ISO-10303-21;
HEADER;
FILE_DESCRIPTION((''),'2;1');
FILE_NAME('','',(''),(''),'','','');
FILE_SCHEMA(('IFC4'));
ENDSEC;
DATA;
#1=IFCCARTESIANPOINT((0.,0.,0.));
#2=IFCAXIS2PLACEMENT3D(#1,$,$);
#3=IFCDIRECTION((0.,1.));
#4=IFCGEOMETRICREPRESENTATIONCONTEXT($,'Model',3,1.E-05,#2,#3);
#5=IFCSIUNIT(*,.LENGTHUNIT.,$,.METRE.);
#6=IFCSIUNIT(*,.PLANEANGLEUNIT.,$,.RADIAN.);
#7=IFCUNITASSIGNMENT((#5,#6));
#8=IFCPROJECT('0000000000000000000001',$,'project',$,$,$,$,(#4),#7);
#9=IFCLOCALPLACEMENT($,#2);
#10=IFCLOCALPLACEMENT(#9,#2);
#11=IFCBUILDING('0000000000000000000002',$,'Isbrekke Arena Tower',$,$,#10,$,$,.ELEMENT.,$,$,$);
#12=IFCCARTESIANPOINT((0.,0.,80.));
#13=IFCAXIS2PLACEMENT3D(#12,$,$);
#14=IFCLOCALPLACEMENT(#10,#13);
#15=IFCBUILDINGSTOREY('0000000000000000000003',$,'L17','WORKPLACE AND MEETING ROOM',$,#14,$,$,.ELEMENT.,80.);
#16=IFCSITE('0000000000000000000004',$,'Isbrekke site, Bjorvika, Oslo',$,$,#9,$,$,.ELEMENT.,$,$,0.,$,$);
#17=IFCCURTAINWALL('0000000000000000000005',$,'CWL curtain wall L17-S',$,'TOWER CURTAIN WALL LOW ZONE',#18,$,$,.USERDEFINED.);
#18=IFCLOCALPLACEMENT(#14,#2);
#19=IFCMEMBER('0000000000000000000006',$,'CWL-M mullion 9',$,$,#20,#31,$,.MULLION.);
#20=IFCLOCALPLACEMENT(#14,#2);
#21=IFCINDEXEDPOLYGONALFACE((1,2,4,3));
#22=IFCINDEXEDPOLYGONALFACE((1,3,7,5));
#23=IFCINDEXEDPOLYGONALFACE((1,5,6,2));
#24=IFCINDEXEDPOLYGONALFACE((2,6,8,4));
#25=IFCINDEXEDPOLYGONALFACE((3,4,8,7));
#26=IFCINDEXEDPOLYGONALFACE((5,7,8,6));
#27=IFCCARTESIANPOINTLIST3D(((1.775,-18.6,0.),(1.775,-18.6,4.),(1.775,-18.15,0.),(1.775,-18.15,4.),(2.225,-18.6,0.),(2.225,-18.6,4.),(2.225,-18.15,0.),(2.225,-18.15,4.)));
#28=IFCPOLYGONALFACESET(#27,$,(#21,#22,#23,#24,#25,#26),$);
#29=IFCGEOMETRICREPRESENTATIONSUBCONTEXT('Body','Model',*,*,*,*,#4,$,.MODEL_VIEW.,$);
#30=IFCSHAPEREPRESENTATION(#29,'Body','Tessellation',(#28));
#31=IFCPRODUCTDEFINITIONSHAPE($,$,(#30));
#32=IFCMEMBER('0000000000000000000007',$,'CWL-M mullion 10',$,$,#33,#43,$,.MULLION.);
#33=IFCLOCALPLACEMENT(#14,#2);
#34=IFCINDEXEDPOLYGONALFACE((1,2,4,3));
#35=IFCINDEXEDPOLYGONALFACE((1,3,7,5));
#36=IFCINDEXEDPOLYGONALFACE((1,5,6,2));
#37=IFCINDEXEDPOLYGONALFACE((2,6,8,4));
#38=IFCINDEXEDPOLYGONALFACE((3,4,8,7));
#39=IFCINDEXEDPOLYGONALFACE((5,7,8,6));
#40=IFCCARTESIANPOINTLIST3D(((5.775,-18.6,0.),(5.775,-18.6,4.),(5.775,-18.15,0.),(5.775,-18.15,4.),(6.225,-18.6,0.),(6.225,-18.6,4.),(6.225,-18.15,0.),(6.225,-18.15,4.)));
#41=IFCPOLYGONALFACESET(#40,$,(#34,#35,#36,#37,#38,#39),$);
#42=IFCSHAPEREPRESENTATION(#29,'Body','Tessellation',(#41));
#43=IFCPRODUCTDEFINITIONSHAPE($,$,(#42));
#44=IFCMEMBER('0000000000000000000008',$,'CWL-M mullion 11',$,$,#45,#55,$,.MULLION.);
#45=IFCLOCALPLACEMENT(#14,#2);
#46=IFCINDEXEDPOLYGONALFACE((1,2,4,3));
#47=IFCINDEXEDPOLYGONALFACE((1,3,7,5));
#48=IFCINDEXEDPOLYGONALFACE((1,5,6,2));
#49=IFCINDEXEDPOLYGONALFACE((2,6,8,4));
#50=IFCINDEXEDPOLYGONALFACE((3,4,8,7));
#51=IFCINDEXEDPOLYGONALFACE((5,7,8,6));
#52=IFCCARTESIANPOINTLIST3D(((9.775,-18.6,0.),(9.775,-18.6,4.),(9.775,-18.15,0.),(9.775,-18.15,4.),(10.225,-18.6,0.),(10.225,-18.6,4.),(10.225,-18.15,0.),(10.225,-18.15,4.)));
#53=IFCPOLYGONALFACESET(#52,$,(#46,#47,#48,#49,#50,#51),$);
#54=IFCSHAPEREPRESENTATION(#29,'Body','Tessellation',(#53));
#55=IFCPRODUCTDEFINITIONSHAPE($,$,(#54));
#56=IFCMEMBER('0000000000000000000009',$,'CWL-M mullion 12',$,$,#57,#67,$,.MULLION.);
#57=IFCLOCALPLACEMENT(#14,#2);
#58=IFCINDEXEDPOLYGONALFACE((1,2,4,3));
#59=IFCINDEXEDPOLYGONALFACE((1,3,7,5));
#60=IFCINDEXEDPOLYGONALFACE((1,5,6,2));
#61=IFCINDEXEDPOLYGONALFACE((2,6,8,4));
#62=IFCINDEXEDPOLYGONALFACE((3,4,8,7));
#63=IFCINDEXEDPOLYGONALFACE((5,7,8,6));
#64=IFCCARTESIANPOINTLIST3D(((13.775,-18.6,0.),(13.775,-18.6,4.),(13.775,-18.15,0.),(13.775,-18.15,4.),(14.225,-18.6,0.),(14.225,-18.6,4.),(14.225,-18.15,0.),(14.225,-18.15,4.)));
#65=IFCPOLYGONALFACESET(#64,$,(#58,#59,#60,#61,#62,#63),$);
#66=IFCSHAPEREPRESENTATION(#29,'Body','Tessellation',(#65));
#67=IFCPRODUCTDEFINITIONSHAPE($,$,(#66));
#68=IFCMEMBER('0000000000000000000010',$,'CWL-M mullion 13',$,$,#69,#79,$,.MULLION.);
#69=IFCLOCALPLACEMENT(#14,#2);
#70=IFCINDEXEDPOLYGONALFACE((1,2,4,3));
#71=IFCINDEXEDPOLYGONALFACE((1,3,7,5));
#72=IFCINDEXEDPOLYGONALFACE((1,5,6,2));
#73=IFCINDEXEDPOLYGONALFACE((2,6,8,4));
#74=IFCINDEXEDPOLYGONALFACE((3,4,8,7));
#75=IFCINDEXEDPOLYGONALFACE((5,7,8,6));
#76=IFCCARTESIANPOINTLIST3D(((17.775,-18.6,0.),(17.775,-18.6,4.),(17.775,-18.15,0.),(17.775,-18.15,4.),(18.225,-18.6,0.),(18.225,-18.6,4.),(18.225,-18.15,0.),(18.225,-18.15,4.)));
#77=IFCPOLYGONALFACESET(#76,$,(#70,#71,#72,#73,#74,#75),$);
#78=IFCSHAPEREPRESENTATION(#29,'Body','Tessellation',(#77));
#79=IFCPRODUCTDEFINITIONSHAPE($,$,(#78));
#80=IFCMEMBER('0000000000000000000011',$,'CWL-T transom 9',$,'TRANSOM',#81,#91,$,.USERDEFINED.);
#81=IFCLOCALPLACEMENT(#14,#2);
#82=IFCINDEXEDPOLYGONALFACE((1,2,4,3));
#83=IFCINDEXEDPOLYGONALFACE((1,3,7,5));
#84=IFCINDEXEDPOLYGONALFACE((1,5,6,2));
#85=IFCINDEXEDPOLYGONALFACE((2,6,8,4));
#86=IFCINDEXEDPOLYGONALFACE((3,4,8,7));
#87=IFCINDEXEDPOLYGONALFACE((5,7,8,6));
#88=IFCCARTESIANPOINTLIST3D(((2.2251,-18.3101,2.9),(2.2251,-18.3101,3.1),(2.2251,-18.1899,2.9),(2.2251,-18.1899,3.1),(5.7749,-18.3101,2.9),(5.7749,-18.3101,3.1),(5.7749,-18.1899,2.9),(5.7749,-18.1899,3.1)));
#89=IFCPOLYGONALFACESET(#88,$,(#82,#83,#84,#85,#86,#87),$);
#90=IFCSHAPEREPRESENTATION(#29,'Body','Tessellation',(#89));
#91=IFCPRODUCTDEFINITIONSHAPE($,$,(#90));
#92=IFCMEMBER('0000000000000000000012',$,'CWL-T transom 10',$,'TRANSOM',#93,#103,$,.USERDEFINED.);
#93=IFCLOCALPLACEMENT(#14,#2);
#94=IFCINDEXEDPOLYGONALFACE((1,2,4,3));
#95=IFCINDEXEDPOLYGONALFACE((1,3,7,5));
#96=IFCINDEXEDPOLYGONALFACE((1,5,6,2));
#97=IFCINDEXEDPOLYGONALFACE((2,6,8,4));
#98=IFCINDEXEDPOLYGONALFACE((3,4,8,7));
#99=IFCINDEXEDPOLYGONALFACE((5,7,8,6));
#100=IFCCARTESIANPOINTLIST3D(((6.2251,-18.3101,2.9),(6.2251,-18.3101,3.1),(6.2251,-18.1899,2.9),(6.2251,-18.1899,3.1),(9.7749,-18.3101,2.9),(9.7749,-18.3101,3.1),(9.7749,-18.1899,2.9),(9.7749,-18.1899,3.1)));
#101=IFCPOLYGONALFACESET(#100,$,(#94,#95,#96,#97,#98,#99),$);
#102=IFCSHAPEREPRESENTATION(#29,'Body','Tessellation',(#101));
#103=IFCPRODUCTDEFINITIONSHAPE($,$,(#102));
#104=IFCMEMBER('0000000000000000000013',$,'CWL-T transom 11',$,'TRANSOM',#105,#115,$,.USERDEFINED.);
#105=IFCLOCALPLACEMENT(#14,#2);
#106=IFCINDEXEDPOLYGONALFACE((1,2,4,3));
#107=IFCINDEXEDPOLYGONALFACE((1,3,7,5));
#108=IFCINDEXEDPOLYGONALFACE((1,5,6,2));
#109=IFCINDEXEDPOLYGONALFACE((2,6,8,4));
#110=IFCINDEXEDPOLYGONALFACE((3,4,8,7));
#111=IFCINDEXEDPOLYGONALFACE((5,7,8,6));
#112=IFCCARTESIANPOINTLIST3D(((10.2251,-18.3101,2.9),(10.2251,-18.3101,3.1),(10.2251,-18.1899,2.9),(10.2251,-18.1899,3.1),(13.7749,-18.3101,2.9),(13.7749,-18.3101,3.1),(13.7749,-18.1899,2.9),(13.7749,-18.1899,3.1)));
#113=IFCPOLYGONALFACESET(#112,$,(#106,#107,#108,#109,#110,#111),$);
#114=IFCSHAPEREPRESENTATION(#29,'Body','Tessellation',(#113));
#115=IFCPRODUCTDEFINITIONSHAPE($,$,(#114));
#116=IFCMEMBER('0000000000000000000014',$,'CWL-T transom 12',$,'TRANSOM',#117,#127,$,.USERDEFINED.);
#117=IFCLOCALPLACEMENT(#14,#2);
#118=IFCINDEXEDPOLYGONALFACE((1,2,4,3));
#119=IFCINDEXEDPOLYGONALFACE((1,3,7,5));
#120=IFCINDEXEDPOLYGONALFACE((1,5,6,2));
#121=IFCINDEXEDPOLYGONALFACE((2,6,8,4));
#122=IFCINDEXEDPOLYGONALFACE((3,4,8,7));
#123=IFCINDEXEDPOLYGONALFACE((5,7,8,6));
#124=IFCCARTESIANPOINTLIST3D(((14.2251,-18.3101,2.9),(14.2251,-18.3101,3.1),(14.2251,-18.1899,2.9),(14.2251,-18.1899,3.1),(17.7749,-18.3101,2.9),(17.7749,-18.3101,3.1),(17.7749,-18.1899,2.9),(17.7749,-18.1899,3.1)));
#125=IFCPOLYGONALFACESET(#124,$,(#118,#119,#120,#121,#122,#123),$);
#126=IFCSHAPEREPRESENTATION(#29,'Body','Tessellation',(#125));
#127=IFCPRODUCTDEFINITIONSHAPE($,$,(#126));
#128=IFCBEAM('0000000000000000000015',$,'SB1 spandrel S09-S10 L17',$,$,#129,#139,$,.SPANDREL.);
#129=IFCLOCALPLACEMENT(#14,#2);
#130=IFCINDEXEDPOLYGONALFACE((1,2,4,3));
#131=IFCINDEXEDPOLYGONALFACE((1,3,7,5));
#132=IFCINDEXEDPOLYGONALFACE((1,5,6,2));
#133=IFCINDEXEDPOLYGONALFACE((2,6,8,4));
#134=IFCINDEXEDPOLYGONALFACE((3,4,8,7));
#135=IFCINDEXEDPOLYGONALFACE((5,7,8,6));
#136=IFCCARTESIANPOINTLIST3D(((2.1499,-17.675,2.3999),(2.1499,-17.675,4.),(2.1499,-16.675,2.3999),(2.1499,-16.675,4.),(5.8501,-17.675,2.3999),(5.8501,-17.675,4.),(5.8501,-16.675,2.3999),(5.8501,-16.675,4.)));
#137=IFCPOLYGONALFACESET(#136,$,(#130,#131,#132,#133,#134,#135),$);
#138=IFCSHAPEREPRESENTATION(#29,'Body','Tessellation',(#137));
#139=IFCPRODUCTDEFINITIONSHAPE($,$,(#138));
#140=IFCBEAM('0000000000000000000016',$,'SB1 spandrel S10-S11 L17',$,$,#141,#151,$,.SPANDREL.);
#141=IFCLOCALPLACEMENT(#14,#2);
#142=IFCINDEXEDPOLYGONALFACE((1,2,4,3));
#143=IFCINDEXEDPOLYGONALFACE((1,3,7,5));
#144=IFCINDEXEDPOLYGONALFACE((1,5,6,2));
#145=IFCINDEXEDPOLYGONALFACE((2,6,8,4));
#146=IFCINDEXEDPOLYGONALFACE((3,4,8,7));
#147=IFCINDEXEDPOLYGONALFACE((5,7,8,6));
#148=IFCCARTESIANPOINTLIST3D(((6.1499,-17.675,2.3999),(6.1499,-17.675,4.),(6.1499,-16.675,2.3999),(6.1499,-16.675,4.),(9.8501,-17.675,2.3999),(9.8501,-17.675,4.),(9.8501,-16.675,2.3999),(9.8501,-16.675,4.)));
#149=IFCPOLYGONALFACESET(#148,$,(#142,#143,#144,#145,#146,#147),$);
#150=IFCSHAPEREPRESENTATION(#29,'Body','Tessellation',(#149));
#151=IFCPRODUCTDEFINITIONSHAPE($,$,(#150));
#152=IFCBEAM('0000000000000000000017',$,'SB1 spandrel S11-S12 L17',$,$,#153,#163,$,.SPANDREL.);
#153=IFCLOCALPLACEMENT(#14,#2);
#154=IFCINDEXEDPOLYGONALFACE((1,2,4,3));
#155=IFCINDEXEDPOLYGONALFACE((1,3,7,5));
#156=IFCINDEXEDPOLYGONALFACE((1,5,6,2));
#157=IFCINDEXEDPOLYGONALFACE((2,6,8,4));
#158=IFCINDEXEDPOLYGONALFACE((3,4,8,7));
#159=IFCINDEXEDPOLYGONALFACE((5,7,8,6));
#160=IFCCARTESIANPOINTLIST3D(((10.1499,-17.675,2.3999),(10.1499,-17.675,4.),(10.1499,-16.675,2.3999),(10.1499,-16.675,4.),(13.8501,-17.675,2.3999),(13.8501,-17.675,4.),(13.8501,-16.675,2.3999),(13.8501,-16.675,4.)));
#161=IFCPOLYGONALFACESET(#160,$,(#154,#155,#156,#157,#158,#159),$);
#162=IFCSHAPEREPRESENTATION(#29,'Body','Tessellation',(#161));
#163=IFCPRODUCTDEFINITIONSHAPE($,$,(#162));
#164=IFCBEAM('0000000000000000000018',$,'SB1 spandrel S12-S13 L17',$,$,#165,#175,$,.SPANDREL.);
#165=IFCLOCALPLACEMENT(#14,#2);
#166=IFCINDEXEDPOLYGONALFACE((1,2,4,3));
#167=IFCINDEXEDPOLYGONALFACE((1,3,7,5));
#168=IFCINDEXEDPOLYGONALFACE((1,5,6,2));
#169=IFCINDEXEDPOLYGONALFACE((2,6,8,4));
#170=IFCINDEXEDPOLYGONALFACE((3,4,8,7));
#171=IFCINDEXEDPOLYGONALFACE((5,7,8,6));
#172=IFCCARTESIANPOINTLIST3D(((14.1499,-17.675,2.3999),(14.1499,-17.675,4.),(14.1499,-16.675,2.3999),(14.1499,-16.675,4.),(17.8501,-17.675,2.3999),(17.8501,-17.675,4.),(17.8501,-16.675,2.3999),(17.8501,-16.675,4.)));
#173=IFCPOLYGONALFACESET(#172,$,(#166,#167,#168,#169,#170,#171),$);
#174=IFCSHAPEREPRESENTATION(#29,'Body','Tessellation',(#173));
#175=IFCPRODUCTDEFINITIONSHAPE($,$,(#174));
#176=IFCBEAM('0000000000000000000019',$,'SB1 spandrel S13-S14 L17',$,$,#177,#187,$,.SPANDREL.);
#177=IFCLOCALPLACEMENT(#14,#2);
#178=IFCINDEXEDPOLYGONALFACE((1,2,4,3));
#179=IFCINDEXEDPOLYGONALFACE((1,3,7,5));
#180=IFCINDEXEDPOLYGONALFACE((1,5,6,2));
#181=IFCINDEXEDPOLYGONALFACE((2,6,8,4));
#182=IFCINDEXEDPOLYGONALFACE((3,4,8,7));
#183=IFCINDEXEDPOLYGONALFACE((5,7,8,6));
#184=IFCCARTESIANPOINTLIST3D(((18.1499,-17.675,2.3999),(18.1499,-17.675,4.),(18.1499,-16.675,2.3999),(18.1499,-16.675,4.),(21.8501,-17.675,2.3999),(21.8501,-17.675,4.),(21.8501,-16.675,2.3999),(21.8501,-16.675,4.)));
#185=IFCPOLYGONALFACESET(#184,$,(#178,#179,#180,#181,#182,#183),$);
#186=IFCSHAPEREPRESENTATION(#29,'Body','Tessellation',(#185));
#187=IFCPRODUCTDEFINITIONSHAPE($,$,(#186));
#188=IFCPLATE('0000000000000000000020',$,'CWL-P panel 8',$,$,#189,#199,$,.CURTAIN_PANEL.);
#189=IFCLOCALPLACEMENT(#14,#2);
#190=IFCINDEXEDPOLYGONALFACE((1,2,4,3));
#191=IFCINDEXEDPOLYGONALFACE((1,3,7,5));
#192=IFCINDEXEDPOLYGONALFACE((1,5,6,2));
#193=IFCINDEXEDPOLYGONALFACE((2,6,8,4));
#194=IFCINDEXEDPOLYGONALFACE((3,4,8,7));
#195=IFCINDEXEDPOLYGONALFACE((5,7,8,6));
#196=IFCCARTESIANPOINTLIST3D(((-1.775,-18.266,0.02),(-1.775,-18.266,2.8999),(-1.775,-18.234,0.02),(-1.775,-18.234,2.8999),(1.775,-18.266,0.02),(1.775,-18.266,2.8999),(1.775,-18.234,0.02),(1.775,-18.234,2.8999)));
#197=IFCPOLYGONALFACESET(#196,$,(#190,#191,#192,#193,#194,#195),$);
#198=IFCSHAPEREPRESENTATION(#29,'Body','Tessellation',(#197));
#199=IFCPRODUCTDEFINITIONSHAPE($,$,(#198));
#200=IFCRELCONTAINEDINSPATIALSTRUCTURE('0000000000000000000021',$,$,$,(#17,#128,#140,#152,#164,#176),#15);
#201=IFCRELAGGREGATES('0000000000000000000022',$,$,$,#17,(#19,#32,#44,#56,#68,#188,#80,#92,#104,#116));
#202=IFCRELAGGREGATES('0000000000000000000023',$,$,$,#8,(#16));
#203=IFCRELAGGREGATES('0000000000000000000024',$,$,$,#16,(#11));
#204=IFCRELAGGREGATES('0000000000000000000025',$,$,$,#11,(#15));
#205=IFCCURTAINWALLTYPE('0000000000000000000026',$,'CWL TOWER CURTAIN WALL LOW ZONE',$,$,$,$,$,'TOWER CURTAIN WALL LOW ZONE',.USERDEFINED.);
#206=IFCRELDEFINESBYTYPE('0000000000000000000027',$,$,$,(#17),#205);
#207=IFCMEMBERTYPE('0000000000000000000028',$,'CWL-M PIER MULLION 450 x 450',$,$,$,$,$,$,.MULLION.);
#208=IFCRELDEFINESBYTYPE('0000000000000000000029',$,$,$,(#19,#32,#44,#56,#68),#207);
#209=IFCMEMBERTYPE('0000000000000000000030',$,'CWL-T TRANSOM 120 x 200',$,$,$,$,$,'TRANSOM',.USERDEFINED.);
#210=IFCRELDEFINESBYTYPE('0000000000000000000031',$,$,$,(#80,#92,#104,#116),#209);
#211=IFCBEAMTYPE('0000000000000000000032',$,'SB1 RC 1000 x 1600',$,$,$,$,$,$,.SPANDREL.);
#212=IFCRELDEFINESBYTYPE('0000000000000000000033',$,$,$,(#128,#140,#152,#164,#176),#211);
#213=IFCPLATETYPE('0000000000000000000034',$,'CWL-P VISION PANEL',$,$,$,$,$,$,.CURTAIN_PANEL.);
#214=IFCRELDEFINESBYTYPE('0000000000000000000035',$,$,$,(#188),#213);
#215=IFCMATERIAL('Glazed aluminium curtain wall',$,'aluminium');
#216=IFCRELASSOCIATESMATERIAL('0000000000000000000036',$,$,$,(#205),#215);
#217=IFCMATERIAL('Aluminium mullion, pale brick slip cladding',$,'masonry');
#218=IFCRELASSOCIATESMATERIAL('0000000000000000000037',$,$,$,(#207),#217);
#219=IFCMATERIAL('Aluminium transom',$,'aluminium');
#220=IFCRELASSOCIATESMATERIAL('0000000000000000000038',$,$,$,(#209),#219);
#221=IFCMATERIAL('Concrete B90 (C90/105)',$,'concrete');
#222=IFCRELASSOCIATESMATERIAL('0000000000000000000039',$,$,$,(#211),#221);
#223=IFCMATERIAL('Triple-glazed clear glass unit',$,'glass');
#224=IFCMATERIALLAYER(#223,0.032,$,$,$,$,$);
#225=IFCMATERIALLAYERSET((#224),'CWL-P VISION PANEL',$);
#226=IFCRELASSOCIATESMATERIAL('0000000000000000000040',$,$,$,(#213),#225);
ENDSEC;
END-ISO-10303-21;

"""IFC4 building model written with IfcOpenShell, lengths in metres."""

from ifc_helpers import new_model, si_unit, direction, frame, origin, origin_2d, place, context, subcontext, project, spatial, rectangle, extrude, material, layer, layer_set, material_profile, profile_set, type_object, element, aggregate, save


model = new_model("IFC4")

# Units and contexts
model_context = context("Model", 3, precision=1e-05, world=origin(), true_north=direction((0.0, 1.0)))
body_context = subcontext(model_context, "Body", "Model", "MODEL_VIEW")
ifc_project = project(units=[si_unit("LENGTHUNIT", "METRE"), si_unit("PLANEANGLEUNIT", "RADIAN")], contexts=[model_context])

# Site, building, storey
site_placement = place(None, origin())
site = spatial("IfcSite", under=ifc_project, at=site_placement, Name="Isbrekke site, Bjorvika, Oslo", CompositionType="ELEMENT", RefElevation=0.0)
building_placement = place(site_placement, origin())
building = spatial("IfcBuilding", under=site, at=building_placement, Name="Isbrekke Arena Tower", CompositionType="ELEMENT")
storey_placement = place(building_placement, frame((0.0, 0.0, 80.0)))
storey = spatial("IfcBuildingStorey", under=building, at=storey_placement, Name="L17", Description="WORKPLACE AND MEETING ROOM", CompositionType="ELEMENT", Elevation=80.0)

# Curtain wall, members
ifc_material_1 = material(Name="Glazed aluminium curtain wall", Category="aluminium")
curtain_wall_type = type_object("IfcCurtainWallType", Name="CWL TOWER CURTAIN WALL LOW ZONE", ElementType="TOWER CURTAIN WALL LOW ZONE", PredefinedType="USERDEFINED", material=ifc_material_1)
curtain_wall_placement = place(storey_placement, origin())
curtain_wall = element("IfcCurtainWall", 1, at=curtain_wall_placement, inside=storey, type_object=curtain_wall_type, Name="CWL curtain wall L17-S", ObjectType="TOWER CURTAIN WALL LOW ZONE", PredefinedType="USERDEFINED")
ifc_material_2 = material(Name="Aluminium mullion, pale brick slip cladding", Category="masonry")
ifc_material_profile_1 = material_profile(ifc_material_2, rectangle(XDim=0.45, YDim=0.45, at=origin_2d()), Name="PIER 450X450")
ifc_profile_set_1 = profile_set([ifc_material_profile_1], Name="Aluminium mullion, pale brick slip cladding")
member_type_1 = type_object("IfcMemberType", Name="CWL-M PIER MULLION 450 x 450", PredefinedType="MULLION", material=ifc_profile_set_1)
member_1_placement = place(storey_placement, frame((2.0, -18.375, 0.0), z_axis=(0.0, 0.0, 1.0), x_axis=(1.0, 0.0, 0.0)))
member_1 = element("IfcMember", 2, at=member_1_placement, type_object=member_type_1, Name="CWL-M mullion 9", PredefinedType="MULLION", context=body_context, shape_type="SweptSolid", body=[
    extrude(rectangle(XDim=0.45, YDim=0.45, at=origin_2d()), origin(), (0.0, 0.0, 1.0), 4.0),
])
member_2_placement = place(storey_placement, frame((6.0, -18.375, 0.0), z_axis=(0.0, 0.0, 1.0), x_axis=(1.0, 0.0, 0.0)))
member_2 = element("IfcMember", 3, at=member_2_placement, type_object=member_type_1, Name="CWL-M mullion 10", PredefinedType="MULLION", context=body_context, shape_type="SweptSolid", body=[
    extrude(rectangle(XDim=0.45, YDim=0.45, at=origin_2d()), origin(), (0.0, 0.0, 1.0), 4.0),
])
member_3_placement = place(storey_placement, frame((10.0, -18.375, 0.0), z_axis=(0.0, 0.0, 1.0), x_axis=(1.0, 0.0, 0.0)))
member_3 = element("IfcMember", 4, at=member_3_placement, type_object=member_type_1, Name="CWL-M mullion 11", PredefinedType="MULLION", context=body_context, shape_type="SweptSolid", body=[
    extrude(rectangle(XDim=0.45, YDim=0.45, at=origin_2d()), origin(), (0.0, 0.0, 1.0), 4.0),
])
member_4_placement = place(storey_placement, frame((14.0, -18.375, 0.0), z_axis=(0.0, 0.0, 1.0), x_axis=(1.0, 0.0, 0.0)))
member_4 = element("IfcMember", 5, at=member_4_placement, type_object=member_type_1, Name="CWL-M mullion 12", PredefinedType="MULLION", context=body_context, shape_type="SweptSolid", body=[
    extrude(rectangle(XDim=0.45, YDim=0.45, at=origin_2d()), origin(), (0.0, 0.0, 1.0), 4.0),
])
member_5_placement = place(storey_placement, frame((18.0, -18.375, 0.0), z_axis=(0.0, 0.0, 1.0), x_axis=(1.0, 0.0, 0.0)))
member_5 = element("IfcMember", 6, at=member_5_placement, type_object=member_type_1, Name="CWL-M mullion 13", PredefinedType="MULLION", context=body_context, shape_type="SweptSolid", body=[
    extrude(rectangle(XDim=0.45, YDim=0.45, at=origin_2d()), origin(), (0.0, 0.0, 1.0), 4.0),
])
ifc_material_3 = material(Name="Aluminium transom", Category="aluminium")
ifc_material_profile_2 = material_profile(ifc_material_3, rectangle(XDim=0.1201, YDim=0.2, at=origin_2d()), Name="TRANSOM 120X200")
ifc_profile_set_2 = profile_set([ifc_material_profile_2], Name="Aluminium transom")
member_type_2 = type_object("IfcMemberType", Name="CWL-T TRANSOM 120 x 200", ElementType="TRANSOM", PredefinedType="USERDEFINED", material=ifc_profile_set_2)
member_6_placement = place(storey_placement, frame((2.2251, -18.25, 3.0), z_axis=(1.0, 0.0, 0.0), x_axis=(0.0, 1.0, 0.0)))
member_6 = element("IfcMember", 7, at=member_6_placement, type_object=member_type_2, Name="CWL-T transom 9", ObjectType="TRANSOM", PredefinedType="USERDEFINED", context=body_context, shape_type="SweptSolid", body=[
    extrude(rectangle(XDim=0.1201, YDim=0.2, at=origin_2d()), origin(), (0.0, 0.0, 1.0), 3.5498),
])
member_7_placement = place(storey_placement, frame((6.2251, -18.25, 3.0), z_axis=(1.0, 0.0, 0.0), x_axis=(0.0, 1.0, 0.0)))
member_7 = element("IfcMember", 8, at=member_7_placement, type_object=member_type_2, Name="CWL-T transom 10", ObjectType="TRANSOM", PredefinedType="USERDEFINED", context=body_context, shape_type="SweptSolid", body=[
    extrude(rectangle(XDim=0.1201, YDim=0.2, at=origin_2d()), origin(), (0.0, 0.0, 1.0), 3.5498),
])
member_8_placement = place(storey_placement, frame((10.2251, -18.25, 3.0), z_axis=(1.0, 0.0, 0.0), x_axis=(0.0, 1.0, 0.0)))
member_8 = element("IfcMember", 9, at=member_8_placement, type_object=member_type_2, Name="CWL-T transom 11", ObjectType="TRANSOM", PredefinedType="USERDEFINED", context=body_context, shape_type="SweptSolid", body=[
    extrude(rectangle(XDim=0.1201, YDim=0.2, at=origin_2d()), origin(), (0.0, 0.0, 1.0), 3.5498),
])
member_9_placement = place(storey_placement, frame((14.2251, -18.25, 3.0), z_axis=(1.0, 0.0, 0.0), x_axis=(0.0, 1.0, 0.0)))
member_9 = element("IfcMember", 10, at=member_9_placement, type_object=member_type_2, Name="CWL-T transom 12", ObjectType="TRANSOM", PredefinedType="USERDEFINED", context=body_context, shape_type="SweptSolid", body=[
    extrude(rectangle(XDim=0.1201, YDim=0.2, at=origin_2d()), origin(), (0.0, 0.0, 1.0), 3.5498),
])

# Beams
ifc_material_4 = material(Name="Concrete B90 (C90/105)", Category="concrete")
ifc_material_profile_3 = material_profile(ifc_material_4, rectangle(XDim=1.0, YDim=1.6001, at=origin_2d()), Name="RC 1000x1600")
ifc_profile_set_3 = profile_set([ifc_material_profile_3], Name="Concrete B90 (C90/105)")
beam_type_1 = type_object("IfcBeamType", Name="SB1 RC 1000 x 1600", PredefinedType="SPANDREL", material=ifc_profile_set_3)
for number, where, z_axis, x_axis, name in (
    (11, (2.1499, -17.175, 3.2), (1.0, 0.0, 0.0), (0.0, 1.0, 0.0), "SB1 spandrel S09-S10 L17"),
    (12, (6.1499, -17.175, 3.2), (1.0, 0.0, 0.0), (0.0, 1.0, 0.0), "SB1 spandrel S10-S11 L17"),
    (13, (10.1499, -17.175, 3.2), (1.0, 0.0, 0.0), (0.0, 1.0, 0.0), "SB1 spandrel S11-S12 L17"),
    (14, (14.1499, -17.175, 3.2), (1.0, 0.0, 0.0), (0.0, 1.0, 0.0), "SB1 spandrel S12-S13 L17"),
    (15, (18.1499, -17.175, 3.2), (1.0, 0.0, 0.0), (0.0, 1.0, 0.0), "SB1 spandrel S13-S14 L17"),
):
    element("IfcBeam", number, at=place(storey_placement, frame(where, z_axis=z_axis, x_axis=x_axis)), inside=storey, type_object=beam_type_1, Name=name, PredefinedType="SPANDREL", context=body_context, shape_type="SweptSolid", body=[
        extrude(rectangle(XDim=1.0, YDim=1.6001, at=origin_2d()), origin(), (0.0, 0.0, 1.0), 3.7002),
    ])

# Plate
ifc_material_5 = material(Name="Triple-glazed clear glass unit", Category="glass")
ifc_layer = layer(ifc_material_5, 0.032)
ifc_layer_set = layer_set([ifc_layer], Name="CWL-P VISION PANEL")
plate_type = type_object("IfcPlateType", Name="CWL-P VISION PANEL", PredefinedType="CURTAIN_PANEL", material=ifc_layer_set)
plate_1_placement = place(storey_placement, frame((0.0, -18.25, 0.02), z_axis=(0.0, 0.0, 1.0), x_axis=(1.0, 0.0, 0.0)))
plate_1 = element("IfcPlate", 16, at=plate_1_placement, type_object=plate_type, Name="CWL-P panel 8", PredefinedType="CURTAIN_PANEL", context=body_context, shape_type="SweptSolid", body=[
    extrude(rectangle(XDim=3.55, YDim=0.032, at=origin_2d()), origin(), (0.0, 0.0, 1.0), 2.8799),
])
aggregate(curtain_wall, [member_1, member_2, member_3, member_4, member_5, plate_1, member_6, member_7, member_8, member_9])

save(model, "model.ifc")
